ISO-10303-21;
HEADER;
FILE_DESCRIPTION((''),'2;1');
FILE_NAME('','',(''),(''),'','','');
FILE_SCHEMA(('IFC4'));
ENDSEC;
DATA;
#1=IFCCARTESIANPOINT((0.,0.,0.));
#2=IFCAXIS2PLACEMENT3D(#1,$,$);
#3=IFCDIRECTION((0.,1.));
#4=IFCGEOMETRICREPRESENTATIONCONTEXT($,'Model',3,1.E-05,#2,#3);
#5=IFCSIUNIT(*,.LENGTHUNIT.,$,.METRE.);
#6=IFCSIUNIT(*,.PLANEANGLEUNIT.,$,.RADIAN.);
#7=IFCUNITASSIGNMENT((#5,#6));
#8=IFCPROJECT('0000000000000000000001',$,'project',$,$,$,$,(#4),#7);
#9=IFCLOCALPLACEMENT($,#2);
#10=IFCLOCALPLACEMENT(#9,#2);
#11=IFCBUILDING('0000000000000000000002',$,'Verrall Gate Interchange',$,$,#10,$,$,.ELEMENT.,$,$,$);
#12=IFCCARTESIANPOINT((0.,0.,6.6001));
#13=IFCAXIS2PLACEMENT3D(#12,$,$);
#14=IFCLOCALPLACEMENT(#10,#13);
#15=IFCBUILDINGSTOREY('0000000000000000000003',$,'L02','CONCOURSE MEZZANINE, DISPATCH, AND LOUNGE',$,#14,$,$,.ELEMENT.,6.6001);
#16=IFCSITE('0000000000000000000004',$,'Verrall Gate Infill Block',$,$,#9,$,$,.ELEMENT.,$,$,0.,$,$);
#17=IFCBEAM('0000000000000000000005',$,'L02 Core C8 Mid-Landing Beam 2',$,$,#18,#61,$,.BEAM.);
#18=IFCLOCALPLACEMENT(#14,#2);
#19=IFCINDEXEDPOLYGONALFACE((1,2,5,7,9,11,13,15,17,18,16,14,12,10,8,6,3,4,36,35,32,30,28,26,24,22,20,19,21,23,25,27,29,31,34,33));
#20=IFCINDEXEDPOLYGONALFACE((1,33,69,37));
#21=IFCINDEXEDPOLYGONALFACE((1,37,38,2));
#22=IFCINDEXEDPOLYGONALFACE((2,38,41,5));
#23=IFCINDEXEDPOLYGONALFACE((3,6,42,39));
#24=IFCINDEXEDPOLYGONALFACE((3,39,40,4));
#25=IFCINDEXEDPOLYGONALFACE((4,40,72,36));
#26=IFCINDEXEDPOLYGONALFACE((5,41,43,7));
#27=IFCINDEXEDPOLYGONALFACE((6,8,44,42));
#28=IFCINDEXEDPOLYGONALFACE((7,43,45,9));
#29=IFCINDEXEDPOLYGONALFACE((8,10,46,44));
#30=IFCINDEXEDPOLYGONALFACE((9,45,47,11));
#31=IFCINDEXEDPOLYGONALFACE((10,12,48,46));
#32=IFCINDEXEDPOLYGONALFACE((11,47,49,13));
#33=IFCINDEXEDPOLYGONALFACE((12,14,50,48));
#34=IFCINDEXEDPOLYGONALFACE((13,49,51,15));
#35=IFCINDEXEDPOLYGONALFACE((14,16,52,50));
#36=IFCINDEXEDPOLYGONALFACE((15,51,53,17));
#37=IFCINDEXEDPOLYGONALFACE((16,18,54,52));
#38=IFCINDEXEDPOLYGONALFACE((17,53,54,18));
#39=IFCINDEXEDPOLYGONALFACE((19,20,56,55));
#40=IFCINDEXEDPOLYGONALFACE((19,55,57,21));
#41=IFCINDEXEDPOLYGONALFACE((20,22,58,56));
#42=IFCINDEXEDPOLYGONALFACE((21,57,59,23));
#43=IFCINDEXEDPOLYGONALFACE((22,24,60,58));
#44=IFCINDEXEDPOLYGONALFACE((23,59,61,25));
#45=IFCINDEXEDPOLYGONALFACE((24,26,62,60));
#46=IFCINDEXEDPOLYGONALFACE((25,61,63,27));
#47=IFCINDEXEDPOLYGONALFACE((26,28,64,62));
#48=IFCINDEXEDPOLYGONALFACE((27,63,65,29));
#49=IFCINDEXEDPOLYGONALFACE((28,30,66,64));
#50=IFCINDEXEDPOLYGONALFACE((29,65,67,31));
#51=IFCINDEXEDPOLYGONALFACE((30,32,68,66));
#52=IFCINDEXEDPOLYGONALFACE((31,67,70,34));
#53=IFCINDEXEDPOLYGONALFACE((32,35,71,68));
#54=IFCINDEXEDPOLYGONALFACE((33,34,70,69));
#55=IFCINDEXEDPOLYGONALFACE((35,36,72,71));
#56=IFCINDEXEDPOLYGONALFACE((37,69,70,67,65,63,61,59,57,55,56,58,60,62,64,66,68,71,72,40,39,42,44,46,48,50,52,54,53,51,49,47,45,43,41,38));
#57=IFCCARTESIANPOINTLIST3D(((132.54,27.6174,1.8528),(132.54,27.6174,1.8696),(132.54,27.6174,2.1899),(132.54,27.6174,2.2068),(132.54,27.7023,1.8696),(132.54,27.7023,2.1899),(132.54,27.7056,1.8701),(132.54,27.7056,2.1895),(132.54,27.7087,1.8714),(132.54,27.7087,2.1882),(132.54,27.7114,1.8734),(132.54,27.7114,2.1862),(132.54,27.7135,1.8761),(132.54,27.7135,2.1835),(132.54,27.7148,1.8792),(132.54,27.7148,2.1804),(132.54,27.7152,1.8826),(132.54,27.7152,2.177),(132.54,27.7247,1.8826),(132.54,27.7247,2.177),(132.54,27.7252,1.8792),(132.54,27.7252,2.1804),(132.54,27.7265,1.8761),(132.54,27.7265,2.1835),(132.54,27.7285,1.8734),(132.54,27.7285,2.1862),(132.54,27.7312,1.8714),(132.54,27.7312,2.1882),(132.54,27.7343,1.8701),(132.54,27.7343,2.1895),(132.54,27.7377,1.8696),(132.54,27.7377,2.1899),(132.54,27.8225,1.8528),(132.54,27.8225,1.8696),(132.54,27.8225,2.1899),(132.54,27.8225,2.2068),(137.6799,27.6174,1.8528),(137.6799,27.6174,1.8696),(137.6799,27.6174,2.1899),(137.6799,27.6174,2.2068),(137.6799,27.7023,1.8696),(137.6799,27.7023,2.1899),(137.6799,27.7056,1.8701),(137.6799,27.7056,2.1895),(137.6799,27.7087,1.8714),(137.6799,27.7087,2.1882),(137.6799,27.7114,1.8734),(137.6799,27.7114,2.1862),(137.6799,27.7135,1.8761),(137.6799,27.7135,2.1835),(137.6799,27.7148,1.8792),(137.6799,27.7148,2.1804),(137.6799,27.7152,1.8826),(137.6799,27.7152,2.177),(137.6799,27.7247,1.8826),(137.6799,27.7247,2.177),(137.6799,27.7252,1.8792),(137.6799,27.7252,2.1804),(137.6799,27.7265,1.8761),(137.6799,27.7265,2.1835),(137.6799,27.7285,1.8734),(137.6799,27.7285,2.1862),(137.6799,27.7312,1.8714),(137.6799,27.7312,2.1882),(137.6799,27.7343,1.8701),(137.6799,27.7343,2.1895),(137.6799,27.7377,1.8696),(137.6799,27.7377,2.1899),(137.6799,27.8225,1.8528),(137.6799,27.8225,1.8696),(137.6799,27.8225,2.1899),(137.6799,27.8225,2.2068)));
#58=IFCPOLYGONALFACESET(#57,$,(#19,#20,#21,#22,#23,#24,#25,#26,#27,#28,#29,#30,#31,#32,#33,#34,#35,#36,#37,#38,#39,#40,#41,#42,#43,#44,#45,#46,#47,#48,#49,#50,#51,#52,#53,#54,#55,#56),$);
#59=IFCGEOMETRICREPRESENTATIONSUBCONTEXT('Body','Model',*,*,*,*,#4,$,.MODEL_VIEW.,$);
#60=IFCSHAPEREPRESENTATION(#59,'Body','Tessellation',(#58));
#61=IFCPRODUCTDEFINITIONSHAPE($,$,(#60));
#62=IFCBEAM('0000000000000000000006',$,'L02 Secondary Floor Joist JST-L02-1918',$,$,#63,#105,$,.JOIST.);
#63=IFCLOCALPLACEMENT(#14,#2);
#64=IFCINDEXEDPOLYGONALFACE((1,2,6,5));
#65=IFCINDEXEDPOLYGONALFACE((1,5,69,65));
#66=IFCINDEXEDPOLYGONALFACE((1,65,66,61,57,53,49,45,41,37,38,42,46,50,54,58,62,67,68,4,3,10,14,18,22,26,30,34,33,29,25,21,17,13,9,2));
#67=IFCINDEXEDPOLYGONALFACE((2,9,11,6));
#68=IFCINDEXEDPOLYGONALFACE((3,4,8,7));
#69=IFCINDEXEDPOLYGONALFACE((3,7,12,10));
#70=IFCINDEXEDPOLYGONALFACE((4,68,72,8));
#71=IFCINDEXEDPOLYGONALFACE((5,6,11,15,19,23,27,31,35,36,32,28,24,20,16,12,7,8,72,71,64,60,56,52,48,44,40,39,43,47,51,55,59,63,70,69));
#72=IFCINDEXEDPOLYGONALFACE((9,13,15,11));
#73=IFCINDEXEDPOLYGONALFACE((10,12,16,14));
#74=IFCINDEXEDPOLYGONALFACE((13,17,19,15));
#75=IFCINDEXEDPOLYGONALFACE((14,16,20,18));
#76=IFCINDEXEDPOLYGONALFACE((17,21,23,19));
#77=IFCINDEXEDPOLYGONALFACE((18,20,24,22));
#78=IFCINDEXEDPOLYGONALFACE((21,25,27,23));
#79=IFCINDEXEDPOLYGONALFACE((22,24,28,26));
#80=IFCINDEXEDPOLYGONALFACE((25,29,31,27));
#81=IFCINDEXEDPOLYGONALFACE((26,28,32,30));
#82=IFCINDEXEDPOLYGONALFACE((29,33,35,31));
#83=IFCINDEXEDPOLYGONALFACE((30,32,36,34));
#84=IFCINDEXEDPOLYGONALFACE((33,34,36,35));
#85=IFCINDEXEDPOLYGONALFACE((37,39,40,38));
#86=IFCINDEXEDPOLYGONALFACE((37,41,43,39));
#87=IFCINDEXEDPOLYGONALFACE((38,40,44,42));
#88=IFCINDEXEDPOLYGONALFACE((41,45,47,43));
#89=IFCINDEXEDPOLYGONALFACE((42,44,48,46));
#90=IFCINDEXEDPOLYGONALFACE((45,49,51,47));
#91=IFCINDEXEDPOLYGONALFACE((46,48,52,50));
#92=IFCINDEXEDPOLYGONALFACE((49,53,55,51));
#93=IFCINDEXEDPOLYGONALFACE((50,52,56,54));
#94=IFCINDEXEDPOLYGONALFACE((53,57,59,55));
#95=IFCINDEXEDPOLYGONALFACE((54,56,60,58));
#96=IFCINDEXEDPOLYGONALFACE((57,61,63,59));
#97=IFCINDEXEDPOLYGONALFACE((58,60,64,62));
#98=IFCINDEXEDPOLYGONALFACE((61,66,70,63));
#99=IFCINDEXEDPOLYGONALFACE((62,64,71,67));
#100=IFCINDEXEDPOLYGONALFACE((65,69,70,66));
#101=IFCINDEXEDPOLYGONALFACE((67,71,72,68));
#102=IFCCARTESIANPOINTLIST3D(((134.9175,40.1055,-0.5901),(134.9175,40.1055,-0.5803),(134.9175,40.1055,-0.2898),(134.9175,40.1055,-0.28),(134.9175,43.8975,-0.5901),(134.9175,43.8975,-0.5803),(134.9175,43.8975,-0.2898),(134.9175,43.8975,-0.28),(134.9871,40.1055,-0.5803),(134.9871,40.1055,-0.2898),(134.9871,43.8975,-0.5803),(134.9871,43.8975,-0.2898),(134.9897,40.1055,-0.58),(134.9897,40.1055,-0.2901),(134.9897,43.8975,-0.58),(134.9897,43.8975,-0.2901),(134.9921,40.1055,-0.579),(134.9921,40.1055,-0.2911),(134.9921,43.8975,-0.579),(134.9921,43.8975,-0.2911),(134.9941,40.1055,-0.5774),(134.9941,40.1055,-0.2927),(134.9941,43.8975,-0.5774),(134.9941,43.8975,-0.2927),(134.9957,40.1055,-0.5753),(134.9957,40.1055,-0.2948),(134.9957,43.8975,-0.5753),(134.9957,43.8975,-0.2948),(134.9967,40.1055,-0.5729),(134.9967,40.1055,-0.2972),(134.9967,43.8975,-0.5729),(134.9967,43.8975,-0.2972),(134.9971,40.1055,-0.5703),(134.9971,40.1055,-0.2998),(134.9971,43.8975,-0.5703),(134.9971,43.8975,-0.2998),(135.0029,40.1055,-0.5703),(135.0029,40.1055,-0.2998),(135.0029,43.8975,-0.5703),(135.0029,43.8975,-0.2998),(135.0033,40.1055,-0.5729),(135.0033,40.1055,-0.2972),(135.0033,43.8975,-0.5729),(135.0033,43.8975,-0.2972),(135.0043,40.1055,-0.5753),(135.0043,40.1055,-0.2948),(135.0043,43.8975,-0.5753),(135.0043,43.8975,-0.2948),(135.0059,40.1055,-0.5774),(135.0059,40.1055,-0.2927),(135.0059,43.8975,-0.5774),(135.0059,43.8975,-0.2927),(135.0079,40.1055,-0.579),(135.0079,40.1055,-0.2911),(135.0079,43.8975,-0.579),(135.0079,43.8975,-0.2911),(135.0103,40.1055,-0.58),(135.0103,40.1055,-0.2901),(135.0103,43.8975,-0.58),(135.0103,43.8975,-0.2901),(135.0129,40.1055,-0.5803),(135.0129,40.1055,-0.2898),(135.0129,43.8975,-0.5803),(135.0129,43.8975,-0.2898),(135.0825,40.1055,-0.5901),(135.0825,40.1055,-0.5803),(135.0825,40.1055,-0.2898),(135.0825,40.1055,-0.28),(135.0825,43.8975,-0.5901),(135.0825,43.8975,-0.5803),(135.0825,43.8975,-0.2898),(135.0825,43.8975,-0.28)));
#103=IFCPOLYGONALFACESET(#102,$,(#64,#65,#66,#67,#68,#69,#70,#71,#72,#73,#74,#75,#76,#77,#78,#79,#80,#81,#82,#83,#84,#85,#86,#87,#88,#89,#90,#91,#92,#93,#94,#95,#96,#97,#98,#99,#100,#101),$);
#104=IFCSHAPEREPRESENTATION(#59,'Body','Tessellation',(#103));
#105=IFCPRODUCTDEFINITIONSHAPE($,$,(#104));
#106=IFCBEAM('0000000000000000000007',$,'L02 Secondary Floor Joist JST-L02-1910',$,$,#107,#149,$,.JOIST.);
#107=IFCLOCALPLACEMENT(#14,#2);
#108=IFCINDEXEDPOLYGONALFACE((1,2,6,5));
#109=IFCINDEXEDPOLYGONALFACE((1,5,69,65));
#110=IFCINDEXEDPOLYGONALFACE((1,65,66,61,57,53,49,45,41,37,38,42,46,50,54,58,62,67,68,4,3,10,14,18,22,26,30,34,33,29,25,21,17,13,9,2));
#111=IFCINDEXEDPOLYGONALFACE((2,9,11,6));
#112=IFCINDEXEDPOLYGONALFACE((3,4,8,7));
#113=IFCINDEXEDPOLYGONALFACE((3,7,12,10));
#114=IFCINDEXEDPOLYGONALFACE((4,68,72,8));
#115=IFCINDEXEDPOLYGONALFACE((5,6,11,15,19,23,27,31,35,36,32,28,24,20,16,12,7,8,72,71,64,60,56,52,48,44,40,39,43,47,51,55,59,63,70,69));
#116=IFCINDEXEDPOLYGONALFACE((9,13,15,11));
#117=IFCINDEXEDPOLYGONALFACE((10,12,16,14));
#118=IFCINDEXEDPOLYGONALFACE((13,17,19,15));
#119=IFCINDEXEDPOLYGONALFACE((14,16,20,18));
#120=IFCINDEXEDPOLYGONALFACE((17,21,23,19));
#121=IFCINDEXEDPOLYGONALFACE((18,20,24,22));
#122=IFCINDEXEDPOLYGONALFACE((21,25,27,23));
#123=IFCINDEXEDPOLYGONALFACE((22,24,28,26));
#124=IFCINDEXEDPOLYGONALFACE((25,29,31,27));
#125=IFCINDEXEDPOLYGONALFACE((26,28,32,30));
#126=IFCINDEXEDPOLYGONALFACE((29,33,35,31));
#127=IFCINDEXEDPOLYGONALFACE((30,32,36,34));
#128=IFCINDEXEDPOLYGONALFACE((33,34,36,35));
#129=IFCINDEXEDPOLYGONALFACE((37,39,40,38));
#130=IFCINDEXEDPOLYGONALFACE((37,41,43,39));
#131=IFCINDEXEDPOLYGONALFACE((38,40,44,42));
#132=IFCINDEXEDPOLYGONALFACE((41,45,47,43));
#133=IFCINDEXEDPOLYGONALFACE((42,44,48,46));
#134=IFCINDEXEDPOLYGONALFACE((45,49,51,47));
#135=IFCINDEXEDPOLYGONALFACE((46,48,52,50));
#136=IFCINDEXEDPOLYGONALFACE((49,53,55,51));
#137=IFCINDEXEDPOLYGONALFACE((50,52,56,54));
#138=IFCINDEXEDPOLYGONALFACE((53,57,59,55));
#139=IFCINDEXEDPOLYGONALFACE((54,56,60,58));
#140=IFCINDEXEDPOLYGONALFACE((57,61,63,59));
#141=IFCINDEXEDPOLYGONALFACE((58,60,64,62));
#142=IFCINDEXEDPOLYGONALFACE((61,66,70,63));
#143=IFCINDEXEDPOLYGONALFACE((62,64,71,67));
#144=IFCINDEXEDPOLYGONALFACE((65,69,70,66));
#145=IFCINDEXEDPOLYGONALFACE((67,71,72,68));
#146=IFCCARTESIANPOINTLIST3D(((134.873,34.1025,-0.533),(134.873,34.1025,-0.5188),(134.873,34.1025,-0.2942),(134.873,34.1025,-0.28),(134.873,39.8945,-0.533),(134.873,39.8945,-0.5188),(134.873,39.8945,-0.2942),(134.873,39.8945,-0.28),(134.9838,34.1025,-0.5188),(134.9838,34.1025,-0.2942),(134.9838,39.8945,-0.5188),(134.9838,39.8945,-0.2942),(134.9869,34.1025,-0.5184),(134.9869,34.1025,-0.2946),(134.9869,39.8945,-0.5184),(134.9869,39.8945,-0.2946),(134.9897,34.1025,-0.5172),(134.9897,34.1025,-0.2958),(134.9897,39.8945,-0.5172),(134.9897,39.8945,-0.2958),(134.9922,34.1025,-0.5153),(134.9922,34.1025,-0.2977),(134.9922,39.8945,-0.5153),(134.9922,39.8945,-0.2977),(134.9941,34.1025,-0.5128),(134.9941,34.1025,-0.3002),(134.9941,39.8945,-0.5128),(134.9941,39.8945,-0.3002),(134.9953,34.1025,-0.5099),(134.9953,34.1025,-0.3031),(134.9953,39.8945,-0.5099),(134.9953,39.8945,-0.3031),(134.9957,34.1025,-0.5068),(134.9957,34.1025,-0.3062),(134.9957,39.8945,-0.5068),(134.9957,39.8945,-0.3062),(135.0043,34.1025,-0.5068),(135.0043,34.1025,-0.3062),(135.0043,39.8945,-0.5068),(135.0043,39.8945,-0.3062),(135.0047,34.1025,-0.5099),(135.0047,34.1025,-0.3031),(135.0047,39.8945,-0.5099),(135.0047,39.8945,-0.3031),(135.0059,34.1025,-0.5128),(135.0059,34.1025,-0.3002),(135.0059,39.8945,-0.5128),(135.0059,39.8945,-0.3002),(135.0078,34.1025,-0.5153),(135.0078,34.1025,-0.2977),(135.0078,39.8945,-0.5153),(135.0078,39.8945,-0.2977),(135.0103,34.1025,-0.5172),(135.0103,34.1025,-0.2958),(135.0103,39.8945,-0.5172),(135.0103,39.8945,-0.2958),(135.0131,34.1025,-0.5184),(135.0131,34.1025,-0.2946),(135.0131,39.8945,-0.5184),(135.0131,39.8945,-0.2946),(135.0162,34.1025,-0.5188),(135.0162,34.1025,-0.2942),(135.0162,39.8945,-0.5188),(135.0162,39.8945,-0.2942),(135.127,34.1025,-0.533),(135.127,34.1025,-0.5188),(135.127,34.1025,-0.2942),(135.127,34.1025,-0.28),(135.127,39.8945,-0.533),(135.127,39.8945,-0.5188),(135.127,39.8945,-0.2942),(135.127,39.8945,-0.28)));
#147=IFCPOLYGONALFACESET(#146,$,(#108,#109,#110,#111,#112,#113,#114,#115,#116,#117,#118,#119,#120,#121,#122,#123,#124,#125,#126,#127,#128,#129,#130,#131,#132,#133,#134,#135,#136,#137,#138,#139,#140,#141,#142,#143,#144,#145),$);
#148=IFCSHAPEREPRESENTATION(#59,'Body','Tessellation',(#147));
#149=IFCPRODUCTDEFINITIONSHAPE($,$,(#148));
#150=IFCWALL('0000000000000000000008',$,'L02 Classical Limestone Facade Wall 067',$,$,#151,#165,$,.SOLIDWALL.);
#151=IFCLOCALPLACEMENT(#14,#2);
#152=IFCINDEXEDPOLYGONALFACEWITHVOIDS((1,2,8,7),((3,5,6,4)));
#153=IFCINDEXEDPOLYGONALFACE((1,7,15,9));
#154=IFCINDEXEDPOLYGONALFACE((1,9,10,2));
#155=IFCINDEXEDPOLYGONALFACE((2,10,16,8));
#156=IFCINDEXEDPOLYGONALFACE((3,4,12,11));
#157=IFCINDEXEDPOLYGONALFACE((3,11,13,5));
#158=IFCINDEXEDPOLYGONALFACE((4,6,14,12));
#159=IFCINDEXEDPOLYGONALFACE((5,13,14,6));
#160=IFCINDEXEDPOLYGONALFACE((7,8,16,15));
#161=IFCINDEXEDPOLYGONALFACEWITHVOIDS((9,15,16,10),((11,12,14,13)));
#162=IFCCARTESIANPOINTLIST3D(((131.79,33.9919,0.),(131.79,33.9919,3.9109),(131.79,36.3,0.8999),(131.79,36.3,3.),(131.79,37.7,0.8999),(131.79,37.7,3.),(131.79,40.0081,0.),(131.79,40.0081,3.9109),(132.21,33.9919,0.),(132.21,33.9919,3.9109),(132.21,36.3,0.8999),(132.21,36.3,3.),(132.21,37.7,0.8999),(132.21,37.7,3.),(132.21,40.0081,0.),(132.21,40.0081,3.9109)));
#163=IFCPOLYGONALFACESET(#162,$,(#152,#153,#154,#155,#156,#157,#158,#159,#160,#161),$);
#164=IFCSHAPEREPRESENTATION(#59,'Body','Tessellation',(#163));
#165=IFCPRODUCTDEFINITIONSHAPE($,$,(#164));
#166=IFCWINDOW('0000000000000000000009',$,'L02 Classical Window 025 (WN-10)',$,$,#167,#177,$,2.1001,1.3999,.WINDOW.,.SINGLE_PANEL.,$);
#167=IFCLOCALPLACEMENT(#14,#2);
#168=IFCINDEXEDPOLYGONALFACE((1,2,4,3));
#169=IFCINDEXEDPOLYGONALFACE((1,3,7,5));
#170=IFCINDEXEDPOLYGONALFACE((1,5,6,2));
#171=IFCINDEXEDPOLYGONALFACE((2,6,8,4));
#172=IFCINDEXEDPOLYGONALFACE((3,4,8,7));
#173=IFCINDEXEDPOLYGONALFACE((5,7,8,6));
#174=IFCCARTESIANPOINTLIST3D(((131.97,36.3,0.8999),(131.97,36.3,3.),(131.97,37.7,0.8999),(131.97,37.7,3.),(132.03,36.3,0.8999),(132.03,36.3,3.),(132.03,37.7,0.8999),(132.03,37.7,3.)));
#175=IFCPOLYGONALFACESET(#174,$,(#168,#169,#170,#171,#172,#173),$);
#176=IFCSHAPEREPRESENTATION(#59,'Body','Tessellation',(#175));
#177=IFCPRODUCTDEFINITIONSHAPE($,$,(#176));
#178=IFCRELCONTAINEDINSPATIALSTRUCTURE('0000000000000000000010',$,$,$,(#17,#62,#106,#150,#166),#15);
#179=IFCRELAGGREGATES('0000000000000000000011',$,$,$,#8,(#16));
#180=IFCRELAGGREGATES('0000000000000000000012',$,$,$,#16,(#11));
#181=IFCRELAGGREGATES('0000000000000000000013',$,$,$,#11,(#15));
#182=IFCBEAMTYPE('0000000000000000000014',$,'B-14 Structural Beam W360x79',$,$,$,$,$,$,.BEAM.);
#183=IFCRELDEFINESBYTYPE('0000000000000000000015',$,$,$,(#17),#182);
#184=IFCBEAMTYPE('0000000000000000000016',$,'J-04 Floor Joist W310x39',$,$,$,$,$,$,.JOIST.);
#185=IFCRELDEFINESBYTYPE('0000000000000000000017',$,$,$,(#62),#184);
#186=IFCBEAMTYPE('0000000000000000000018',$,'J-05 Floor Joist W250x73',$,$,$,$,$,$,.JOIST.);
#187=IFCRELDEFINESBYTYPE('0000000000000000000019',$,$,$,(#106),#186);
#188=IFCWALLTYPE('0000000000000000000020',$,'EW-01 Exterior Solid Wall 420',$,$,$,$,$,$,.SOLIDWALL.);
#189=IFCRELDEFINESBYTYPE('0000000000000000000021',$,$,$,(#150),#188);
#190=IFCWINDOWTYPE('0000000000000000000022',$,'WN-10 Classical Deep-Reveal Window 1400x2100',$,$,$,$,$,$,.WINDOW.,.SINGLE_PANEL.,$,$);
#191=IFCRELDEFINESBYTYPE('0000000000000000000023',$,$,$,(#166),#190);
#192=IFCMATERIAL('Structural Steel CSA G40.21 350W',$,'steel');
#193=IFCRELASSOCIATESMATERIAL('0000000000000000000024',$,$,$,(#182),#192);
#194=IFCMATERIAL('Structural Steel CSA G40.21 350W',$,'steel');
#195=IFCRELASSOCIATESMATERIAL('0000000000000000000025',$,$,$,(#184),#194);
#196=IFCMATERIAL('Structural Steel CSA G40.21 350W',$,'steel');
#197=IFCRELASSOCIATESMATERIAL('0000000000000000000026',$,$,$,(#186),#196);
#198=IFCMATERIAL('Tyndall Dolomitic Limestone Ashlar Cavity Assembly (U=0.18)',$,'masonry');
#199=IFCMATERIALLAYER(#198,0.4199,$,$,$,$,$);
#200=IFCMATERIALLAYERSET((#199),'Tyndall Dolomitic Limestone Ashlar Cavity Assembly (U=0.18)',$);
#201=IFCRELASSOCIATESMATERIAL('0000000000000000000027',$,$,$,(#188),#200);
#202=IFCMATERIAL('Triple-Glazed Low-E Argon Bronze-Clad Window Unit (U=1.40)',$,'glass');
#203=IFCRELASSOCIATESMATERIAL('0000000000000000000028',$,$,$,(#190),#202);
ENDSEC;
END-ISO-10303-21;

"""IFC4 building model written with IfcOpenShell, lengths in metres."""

from ifc_helpers import new_model, si_unit, direction, frame, frame_2d, origin, origin_2d, place, context, subcontext, project, spatial, rectangle, i_section, extrude, material, layer, layer_set, material_profile, profile_set, type_object, element, fill, save


model = new_model("IFC4")

# Units and contexts
model_context = context("Model", 3, precision=1e-05, world=origin(), true_north=direction((0.0, 1.0)))
body_context = subcontext(model_context, "Body", "Model", "MODEL_VIEW")
ifc_project = project(units=[si_unit("LENGTHUNIT", "METRE"), si_unit("PLANEANGLEUNIT", "RADIAN")], contexts=[model_context])

# Site, building, storey
site_placement = place(None, origin())
site = spatial("IfcSite", under=ifc_project, at=site_placement, Name="Verrall Gate Infill Block", CompositionType="ELEMENT", RefElevation=0.0)
building_placement = place(site_placement, origin())
building = spatial("IfcBuilding", under=site, at=building_placement, Name="Verrall Gate Interchange", CompositionType="ELEMENT")
storey_placement = place(building_placement, frame((0.0, 0.0, 6.6001)))
storey = spatial("IfcBuildingStorey", under=building, at=storey_placement, Name="L02", Description="CONCOURSE MEZZANINE, DISPATCH, AND LOUNGE", CompositionType="ELEMENT", Elevation=6.6001)

# Beams
ifc_material_1 = material(Name="Structural Steel CSA G40.21 350W", Category="steel")
ifc_material_profile_1 = material_profile(ifc_material_1, i_section(OverallWidth=0.2051, OverallDepth=0.354, WebThickness=0.0095, FlangeThickness=0.0168, FilletRadius=0.0129, at=origin_2d()), Name="W360x79")
ifc_profile_set_1 = profile_set([ifc_material_profile_1], Name="Structural Steel CSA G40.21 350W")
beam_type_1 = type_object("IfcBeamType", Name="B-14 Structural Beam W360x79", PredefinedType="BEAM", material=ifc_profile_set_1)
beam_1_placement = place(storey_placement, frame((132.54, 27.72, 2.0298), z_axis=(1.0, 0.0, 0.0), x_axis=(0.0, 1.0, 0.0)))
element("IfcBeam", 1, at=beam_1_placement, inside=storey, type_object=beam_type_1, Name="L02 Core C8 Mid-Landing Beam 2", PredefinedType="BEAM", context=body_context, shape_type="SweptSolid", body=[
    extrude(i_section(OverallWidth=0.2051, OverallDepth=0.354, WebThickness=0.0095, FlangeThickness=0.0168, FilletRadius=0.0129, at=origin_2d()), origin(), (0.0, 0.0, 1.0), 5.1399),
])
ifc_material_2 = material(Name="Structural Steel CSA G40.21 350W", Category="steel")
ifc_material_profile_2 = material_profile(ifc_material_2, i_section(OverallWidth=0.165, OverallDepth=0.3101, WebThickness=0.0059, FlangeThickness=0.0098, FilletRadius=0.01, at=origin_2d()), Name="W310x39")
ifc_profile_set_2 = profile_set([ifc_material_profile_2], Name="Structural Steel CSA G40.21 350W")
beam_type_2 = type_object("IfcBeamType", Name="J-04 Floor Joist W310x39", PredefinedType="JOIST", material=ifc_profile_set_2)
beam_2_placement = place(storey_placement, frame((135.0, 40.1055, -0.4351), z_axis=(0.0, 1.0, 0.0), x_axis=(-1.0, 0.0, 0.0)))
element("IfcBeam", 2, at=beam_2_placement, inside=storey, type_object=beam_type_2, Name="L02 Secondary Floor Joist JST-L02-1918", PredefinedType="JOIST", context=body_context, shape_type="SweptSolid", body=[
    extrude(i_section(OverallWidth=0.165, OverallDepth=0.3101, WebThickness=0.0059, FlangeThickness=0.0098, FilletRadius=0.01, at=origin_2d()), origin(), (0.0, 0.0, 1.0), 3.792),
])
ifc_material_3 = material(Name="Structural Steel CSA G40.21 350W", Category="steel")
ifc_material_profile_3 = material_profile(ifc_material_3, i_section(OverallWidth=0.2539, OverallDepth=0.2529, WebThickness=0.0085, FlangeThickness=0.0142, FilletRadius=0.012, at=origin_2d()), Name="W250x73")
ifc_profile_set_3 = profile_set([ifc_material_profile_3], Name="Structural Steel CSA G40.21 350W")
beam_type_3 = type_object("IfcBeamType", Name="J-05 Floor Joist W250x73", PredefinedType="JOIST", material=ifc_profile_set_3)
beam_3_placement = place(storey_placement, frame((135.0, 34.1025, -0.4065), z_axis=(0.0, 1.0, 0.0), x_axis=(-1.0, 0.0, 0.0)))
element("IfcBeam", 3, at=beam_3_placement, inside=storey, type_object=beam_type_3, Name="L02 Secondary Floor Joist JST-L02-1910", PredefinedType="JOIST", context=body_context, shape_type="SweptSolid", body=[
    extrude(i_section(OverallWidth=0.2539, OverallDepth=0.2529, WebThickness=0.0085, FlangeThickness=0.0142, FilletRadius=0.012, at=origin_2d()), origin(), (0.0, 0.0, 1.0), 5.792),
])

# Wall, opening, window
ifc_material_4 = material(Name="Tyndall Dolomitic Limestone Ashlar Cavity Assembly (U=0.18)", Category="masonry")
ifc_layer_1 = layer(ifc_material_4, 0.4199)
ifc_layer_set_1 = layer_set([ifc_layer_1], Name="Tyndall Dolomitic Limestone Ashlar Cavity Assembly (U=0.18)")
wall_type_1 = type_object("IfcWallType", Name="EW-01 Exterior Solid Wall 420", PredefinedType="SOLIDWALL", material=ifc_layer_set_1)
wall_1_placement = place(storey_placement, frame((132.0, 40.0081, 0.0), z_axis=(0.0, 0.0, 1.0), x_axis=(0.0, -1.0, 0.0)))
wall_1 = element("IfcWall", 4, at=wall_1_placement, inside=storey, type_object=wall_type_1, Name="L02 Classical Limestone Facade Wall 067", PredefinedType="SOLIDWALL", context=body_context, shape_type="SweptSolid", body=[
    extrude(rectangle(XDim=6.0161, YDim=0.4199, at=frame_2d((3.0081, 0.0))), origin(), (0.0, 0.0, 1.0), 3.9109),
])
opening_1_placement = place(wall_1_placement, frame((2.3081, 0.0, 0.8999)))
opening_1 = element("IfcOpeningElement", 5, at=opening_1_placement, cuts=wall_1, PredefinedType="OPENING", context=body_context, shape_type="SweptSolid", body=[
    extrude(rectangle(XDim=1.3999, YDim=2.1001, at=frame_2d((0.7, 1.05))), frame((0.0, 0.2249, 0.0), z_axis=(0.0, -1.0, 0.0), x_axis=(1.0, 0.0, 0.0)), (0.0, 0.0, 1.0), 0.4497),
])
ifc_material_5 = material(Name="Triple-Glazed Low-E Argon Bronze-Clad Window Unit (U=1.40)", Category="glass")
window_type_1 = type_object("IfcWindowType", Name="WN-10 Classical Deep-Reveal Window 1400x2100", PartitioningType="SINGLE_PANEL", PredefinedType="WINDOW", material=ifc_material_5)
window_1_placement = place(opening_1_placement, origin())
window_1 = element("IfcWindow", 6, at=window_1_placement, inside=storey, type_object=window_type_1, Name="L02 Classical Window 025 (WN-10)", OverallHeight=2.1001, OverallWidth=1.3999, PartitioningType="SINGLE_PANEL", PredefinedType="WINDOW", context=body_context, shape_type="SweptSolid", body=[
    extrude(rectangle(XDim=1.3999, YDim=2.1001, at=frame_2d((0.7, 1.05))), frame((0.0, 0.03, 0.0), z_axis=(0.0, -1.0, 0.0), x_axis=(1.0, 0.0, 0.0)), (0.0, 0.0, 1.0), 0.0601),
])
fill(opening_1, window_1)

save(model, "model.ifc")
